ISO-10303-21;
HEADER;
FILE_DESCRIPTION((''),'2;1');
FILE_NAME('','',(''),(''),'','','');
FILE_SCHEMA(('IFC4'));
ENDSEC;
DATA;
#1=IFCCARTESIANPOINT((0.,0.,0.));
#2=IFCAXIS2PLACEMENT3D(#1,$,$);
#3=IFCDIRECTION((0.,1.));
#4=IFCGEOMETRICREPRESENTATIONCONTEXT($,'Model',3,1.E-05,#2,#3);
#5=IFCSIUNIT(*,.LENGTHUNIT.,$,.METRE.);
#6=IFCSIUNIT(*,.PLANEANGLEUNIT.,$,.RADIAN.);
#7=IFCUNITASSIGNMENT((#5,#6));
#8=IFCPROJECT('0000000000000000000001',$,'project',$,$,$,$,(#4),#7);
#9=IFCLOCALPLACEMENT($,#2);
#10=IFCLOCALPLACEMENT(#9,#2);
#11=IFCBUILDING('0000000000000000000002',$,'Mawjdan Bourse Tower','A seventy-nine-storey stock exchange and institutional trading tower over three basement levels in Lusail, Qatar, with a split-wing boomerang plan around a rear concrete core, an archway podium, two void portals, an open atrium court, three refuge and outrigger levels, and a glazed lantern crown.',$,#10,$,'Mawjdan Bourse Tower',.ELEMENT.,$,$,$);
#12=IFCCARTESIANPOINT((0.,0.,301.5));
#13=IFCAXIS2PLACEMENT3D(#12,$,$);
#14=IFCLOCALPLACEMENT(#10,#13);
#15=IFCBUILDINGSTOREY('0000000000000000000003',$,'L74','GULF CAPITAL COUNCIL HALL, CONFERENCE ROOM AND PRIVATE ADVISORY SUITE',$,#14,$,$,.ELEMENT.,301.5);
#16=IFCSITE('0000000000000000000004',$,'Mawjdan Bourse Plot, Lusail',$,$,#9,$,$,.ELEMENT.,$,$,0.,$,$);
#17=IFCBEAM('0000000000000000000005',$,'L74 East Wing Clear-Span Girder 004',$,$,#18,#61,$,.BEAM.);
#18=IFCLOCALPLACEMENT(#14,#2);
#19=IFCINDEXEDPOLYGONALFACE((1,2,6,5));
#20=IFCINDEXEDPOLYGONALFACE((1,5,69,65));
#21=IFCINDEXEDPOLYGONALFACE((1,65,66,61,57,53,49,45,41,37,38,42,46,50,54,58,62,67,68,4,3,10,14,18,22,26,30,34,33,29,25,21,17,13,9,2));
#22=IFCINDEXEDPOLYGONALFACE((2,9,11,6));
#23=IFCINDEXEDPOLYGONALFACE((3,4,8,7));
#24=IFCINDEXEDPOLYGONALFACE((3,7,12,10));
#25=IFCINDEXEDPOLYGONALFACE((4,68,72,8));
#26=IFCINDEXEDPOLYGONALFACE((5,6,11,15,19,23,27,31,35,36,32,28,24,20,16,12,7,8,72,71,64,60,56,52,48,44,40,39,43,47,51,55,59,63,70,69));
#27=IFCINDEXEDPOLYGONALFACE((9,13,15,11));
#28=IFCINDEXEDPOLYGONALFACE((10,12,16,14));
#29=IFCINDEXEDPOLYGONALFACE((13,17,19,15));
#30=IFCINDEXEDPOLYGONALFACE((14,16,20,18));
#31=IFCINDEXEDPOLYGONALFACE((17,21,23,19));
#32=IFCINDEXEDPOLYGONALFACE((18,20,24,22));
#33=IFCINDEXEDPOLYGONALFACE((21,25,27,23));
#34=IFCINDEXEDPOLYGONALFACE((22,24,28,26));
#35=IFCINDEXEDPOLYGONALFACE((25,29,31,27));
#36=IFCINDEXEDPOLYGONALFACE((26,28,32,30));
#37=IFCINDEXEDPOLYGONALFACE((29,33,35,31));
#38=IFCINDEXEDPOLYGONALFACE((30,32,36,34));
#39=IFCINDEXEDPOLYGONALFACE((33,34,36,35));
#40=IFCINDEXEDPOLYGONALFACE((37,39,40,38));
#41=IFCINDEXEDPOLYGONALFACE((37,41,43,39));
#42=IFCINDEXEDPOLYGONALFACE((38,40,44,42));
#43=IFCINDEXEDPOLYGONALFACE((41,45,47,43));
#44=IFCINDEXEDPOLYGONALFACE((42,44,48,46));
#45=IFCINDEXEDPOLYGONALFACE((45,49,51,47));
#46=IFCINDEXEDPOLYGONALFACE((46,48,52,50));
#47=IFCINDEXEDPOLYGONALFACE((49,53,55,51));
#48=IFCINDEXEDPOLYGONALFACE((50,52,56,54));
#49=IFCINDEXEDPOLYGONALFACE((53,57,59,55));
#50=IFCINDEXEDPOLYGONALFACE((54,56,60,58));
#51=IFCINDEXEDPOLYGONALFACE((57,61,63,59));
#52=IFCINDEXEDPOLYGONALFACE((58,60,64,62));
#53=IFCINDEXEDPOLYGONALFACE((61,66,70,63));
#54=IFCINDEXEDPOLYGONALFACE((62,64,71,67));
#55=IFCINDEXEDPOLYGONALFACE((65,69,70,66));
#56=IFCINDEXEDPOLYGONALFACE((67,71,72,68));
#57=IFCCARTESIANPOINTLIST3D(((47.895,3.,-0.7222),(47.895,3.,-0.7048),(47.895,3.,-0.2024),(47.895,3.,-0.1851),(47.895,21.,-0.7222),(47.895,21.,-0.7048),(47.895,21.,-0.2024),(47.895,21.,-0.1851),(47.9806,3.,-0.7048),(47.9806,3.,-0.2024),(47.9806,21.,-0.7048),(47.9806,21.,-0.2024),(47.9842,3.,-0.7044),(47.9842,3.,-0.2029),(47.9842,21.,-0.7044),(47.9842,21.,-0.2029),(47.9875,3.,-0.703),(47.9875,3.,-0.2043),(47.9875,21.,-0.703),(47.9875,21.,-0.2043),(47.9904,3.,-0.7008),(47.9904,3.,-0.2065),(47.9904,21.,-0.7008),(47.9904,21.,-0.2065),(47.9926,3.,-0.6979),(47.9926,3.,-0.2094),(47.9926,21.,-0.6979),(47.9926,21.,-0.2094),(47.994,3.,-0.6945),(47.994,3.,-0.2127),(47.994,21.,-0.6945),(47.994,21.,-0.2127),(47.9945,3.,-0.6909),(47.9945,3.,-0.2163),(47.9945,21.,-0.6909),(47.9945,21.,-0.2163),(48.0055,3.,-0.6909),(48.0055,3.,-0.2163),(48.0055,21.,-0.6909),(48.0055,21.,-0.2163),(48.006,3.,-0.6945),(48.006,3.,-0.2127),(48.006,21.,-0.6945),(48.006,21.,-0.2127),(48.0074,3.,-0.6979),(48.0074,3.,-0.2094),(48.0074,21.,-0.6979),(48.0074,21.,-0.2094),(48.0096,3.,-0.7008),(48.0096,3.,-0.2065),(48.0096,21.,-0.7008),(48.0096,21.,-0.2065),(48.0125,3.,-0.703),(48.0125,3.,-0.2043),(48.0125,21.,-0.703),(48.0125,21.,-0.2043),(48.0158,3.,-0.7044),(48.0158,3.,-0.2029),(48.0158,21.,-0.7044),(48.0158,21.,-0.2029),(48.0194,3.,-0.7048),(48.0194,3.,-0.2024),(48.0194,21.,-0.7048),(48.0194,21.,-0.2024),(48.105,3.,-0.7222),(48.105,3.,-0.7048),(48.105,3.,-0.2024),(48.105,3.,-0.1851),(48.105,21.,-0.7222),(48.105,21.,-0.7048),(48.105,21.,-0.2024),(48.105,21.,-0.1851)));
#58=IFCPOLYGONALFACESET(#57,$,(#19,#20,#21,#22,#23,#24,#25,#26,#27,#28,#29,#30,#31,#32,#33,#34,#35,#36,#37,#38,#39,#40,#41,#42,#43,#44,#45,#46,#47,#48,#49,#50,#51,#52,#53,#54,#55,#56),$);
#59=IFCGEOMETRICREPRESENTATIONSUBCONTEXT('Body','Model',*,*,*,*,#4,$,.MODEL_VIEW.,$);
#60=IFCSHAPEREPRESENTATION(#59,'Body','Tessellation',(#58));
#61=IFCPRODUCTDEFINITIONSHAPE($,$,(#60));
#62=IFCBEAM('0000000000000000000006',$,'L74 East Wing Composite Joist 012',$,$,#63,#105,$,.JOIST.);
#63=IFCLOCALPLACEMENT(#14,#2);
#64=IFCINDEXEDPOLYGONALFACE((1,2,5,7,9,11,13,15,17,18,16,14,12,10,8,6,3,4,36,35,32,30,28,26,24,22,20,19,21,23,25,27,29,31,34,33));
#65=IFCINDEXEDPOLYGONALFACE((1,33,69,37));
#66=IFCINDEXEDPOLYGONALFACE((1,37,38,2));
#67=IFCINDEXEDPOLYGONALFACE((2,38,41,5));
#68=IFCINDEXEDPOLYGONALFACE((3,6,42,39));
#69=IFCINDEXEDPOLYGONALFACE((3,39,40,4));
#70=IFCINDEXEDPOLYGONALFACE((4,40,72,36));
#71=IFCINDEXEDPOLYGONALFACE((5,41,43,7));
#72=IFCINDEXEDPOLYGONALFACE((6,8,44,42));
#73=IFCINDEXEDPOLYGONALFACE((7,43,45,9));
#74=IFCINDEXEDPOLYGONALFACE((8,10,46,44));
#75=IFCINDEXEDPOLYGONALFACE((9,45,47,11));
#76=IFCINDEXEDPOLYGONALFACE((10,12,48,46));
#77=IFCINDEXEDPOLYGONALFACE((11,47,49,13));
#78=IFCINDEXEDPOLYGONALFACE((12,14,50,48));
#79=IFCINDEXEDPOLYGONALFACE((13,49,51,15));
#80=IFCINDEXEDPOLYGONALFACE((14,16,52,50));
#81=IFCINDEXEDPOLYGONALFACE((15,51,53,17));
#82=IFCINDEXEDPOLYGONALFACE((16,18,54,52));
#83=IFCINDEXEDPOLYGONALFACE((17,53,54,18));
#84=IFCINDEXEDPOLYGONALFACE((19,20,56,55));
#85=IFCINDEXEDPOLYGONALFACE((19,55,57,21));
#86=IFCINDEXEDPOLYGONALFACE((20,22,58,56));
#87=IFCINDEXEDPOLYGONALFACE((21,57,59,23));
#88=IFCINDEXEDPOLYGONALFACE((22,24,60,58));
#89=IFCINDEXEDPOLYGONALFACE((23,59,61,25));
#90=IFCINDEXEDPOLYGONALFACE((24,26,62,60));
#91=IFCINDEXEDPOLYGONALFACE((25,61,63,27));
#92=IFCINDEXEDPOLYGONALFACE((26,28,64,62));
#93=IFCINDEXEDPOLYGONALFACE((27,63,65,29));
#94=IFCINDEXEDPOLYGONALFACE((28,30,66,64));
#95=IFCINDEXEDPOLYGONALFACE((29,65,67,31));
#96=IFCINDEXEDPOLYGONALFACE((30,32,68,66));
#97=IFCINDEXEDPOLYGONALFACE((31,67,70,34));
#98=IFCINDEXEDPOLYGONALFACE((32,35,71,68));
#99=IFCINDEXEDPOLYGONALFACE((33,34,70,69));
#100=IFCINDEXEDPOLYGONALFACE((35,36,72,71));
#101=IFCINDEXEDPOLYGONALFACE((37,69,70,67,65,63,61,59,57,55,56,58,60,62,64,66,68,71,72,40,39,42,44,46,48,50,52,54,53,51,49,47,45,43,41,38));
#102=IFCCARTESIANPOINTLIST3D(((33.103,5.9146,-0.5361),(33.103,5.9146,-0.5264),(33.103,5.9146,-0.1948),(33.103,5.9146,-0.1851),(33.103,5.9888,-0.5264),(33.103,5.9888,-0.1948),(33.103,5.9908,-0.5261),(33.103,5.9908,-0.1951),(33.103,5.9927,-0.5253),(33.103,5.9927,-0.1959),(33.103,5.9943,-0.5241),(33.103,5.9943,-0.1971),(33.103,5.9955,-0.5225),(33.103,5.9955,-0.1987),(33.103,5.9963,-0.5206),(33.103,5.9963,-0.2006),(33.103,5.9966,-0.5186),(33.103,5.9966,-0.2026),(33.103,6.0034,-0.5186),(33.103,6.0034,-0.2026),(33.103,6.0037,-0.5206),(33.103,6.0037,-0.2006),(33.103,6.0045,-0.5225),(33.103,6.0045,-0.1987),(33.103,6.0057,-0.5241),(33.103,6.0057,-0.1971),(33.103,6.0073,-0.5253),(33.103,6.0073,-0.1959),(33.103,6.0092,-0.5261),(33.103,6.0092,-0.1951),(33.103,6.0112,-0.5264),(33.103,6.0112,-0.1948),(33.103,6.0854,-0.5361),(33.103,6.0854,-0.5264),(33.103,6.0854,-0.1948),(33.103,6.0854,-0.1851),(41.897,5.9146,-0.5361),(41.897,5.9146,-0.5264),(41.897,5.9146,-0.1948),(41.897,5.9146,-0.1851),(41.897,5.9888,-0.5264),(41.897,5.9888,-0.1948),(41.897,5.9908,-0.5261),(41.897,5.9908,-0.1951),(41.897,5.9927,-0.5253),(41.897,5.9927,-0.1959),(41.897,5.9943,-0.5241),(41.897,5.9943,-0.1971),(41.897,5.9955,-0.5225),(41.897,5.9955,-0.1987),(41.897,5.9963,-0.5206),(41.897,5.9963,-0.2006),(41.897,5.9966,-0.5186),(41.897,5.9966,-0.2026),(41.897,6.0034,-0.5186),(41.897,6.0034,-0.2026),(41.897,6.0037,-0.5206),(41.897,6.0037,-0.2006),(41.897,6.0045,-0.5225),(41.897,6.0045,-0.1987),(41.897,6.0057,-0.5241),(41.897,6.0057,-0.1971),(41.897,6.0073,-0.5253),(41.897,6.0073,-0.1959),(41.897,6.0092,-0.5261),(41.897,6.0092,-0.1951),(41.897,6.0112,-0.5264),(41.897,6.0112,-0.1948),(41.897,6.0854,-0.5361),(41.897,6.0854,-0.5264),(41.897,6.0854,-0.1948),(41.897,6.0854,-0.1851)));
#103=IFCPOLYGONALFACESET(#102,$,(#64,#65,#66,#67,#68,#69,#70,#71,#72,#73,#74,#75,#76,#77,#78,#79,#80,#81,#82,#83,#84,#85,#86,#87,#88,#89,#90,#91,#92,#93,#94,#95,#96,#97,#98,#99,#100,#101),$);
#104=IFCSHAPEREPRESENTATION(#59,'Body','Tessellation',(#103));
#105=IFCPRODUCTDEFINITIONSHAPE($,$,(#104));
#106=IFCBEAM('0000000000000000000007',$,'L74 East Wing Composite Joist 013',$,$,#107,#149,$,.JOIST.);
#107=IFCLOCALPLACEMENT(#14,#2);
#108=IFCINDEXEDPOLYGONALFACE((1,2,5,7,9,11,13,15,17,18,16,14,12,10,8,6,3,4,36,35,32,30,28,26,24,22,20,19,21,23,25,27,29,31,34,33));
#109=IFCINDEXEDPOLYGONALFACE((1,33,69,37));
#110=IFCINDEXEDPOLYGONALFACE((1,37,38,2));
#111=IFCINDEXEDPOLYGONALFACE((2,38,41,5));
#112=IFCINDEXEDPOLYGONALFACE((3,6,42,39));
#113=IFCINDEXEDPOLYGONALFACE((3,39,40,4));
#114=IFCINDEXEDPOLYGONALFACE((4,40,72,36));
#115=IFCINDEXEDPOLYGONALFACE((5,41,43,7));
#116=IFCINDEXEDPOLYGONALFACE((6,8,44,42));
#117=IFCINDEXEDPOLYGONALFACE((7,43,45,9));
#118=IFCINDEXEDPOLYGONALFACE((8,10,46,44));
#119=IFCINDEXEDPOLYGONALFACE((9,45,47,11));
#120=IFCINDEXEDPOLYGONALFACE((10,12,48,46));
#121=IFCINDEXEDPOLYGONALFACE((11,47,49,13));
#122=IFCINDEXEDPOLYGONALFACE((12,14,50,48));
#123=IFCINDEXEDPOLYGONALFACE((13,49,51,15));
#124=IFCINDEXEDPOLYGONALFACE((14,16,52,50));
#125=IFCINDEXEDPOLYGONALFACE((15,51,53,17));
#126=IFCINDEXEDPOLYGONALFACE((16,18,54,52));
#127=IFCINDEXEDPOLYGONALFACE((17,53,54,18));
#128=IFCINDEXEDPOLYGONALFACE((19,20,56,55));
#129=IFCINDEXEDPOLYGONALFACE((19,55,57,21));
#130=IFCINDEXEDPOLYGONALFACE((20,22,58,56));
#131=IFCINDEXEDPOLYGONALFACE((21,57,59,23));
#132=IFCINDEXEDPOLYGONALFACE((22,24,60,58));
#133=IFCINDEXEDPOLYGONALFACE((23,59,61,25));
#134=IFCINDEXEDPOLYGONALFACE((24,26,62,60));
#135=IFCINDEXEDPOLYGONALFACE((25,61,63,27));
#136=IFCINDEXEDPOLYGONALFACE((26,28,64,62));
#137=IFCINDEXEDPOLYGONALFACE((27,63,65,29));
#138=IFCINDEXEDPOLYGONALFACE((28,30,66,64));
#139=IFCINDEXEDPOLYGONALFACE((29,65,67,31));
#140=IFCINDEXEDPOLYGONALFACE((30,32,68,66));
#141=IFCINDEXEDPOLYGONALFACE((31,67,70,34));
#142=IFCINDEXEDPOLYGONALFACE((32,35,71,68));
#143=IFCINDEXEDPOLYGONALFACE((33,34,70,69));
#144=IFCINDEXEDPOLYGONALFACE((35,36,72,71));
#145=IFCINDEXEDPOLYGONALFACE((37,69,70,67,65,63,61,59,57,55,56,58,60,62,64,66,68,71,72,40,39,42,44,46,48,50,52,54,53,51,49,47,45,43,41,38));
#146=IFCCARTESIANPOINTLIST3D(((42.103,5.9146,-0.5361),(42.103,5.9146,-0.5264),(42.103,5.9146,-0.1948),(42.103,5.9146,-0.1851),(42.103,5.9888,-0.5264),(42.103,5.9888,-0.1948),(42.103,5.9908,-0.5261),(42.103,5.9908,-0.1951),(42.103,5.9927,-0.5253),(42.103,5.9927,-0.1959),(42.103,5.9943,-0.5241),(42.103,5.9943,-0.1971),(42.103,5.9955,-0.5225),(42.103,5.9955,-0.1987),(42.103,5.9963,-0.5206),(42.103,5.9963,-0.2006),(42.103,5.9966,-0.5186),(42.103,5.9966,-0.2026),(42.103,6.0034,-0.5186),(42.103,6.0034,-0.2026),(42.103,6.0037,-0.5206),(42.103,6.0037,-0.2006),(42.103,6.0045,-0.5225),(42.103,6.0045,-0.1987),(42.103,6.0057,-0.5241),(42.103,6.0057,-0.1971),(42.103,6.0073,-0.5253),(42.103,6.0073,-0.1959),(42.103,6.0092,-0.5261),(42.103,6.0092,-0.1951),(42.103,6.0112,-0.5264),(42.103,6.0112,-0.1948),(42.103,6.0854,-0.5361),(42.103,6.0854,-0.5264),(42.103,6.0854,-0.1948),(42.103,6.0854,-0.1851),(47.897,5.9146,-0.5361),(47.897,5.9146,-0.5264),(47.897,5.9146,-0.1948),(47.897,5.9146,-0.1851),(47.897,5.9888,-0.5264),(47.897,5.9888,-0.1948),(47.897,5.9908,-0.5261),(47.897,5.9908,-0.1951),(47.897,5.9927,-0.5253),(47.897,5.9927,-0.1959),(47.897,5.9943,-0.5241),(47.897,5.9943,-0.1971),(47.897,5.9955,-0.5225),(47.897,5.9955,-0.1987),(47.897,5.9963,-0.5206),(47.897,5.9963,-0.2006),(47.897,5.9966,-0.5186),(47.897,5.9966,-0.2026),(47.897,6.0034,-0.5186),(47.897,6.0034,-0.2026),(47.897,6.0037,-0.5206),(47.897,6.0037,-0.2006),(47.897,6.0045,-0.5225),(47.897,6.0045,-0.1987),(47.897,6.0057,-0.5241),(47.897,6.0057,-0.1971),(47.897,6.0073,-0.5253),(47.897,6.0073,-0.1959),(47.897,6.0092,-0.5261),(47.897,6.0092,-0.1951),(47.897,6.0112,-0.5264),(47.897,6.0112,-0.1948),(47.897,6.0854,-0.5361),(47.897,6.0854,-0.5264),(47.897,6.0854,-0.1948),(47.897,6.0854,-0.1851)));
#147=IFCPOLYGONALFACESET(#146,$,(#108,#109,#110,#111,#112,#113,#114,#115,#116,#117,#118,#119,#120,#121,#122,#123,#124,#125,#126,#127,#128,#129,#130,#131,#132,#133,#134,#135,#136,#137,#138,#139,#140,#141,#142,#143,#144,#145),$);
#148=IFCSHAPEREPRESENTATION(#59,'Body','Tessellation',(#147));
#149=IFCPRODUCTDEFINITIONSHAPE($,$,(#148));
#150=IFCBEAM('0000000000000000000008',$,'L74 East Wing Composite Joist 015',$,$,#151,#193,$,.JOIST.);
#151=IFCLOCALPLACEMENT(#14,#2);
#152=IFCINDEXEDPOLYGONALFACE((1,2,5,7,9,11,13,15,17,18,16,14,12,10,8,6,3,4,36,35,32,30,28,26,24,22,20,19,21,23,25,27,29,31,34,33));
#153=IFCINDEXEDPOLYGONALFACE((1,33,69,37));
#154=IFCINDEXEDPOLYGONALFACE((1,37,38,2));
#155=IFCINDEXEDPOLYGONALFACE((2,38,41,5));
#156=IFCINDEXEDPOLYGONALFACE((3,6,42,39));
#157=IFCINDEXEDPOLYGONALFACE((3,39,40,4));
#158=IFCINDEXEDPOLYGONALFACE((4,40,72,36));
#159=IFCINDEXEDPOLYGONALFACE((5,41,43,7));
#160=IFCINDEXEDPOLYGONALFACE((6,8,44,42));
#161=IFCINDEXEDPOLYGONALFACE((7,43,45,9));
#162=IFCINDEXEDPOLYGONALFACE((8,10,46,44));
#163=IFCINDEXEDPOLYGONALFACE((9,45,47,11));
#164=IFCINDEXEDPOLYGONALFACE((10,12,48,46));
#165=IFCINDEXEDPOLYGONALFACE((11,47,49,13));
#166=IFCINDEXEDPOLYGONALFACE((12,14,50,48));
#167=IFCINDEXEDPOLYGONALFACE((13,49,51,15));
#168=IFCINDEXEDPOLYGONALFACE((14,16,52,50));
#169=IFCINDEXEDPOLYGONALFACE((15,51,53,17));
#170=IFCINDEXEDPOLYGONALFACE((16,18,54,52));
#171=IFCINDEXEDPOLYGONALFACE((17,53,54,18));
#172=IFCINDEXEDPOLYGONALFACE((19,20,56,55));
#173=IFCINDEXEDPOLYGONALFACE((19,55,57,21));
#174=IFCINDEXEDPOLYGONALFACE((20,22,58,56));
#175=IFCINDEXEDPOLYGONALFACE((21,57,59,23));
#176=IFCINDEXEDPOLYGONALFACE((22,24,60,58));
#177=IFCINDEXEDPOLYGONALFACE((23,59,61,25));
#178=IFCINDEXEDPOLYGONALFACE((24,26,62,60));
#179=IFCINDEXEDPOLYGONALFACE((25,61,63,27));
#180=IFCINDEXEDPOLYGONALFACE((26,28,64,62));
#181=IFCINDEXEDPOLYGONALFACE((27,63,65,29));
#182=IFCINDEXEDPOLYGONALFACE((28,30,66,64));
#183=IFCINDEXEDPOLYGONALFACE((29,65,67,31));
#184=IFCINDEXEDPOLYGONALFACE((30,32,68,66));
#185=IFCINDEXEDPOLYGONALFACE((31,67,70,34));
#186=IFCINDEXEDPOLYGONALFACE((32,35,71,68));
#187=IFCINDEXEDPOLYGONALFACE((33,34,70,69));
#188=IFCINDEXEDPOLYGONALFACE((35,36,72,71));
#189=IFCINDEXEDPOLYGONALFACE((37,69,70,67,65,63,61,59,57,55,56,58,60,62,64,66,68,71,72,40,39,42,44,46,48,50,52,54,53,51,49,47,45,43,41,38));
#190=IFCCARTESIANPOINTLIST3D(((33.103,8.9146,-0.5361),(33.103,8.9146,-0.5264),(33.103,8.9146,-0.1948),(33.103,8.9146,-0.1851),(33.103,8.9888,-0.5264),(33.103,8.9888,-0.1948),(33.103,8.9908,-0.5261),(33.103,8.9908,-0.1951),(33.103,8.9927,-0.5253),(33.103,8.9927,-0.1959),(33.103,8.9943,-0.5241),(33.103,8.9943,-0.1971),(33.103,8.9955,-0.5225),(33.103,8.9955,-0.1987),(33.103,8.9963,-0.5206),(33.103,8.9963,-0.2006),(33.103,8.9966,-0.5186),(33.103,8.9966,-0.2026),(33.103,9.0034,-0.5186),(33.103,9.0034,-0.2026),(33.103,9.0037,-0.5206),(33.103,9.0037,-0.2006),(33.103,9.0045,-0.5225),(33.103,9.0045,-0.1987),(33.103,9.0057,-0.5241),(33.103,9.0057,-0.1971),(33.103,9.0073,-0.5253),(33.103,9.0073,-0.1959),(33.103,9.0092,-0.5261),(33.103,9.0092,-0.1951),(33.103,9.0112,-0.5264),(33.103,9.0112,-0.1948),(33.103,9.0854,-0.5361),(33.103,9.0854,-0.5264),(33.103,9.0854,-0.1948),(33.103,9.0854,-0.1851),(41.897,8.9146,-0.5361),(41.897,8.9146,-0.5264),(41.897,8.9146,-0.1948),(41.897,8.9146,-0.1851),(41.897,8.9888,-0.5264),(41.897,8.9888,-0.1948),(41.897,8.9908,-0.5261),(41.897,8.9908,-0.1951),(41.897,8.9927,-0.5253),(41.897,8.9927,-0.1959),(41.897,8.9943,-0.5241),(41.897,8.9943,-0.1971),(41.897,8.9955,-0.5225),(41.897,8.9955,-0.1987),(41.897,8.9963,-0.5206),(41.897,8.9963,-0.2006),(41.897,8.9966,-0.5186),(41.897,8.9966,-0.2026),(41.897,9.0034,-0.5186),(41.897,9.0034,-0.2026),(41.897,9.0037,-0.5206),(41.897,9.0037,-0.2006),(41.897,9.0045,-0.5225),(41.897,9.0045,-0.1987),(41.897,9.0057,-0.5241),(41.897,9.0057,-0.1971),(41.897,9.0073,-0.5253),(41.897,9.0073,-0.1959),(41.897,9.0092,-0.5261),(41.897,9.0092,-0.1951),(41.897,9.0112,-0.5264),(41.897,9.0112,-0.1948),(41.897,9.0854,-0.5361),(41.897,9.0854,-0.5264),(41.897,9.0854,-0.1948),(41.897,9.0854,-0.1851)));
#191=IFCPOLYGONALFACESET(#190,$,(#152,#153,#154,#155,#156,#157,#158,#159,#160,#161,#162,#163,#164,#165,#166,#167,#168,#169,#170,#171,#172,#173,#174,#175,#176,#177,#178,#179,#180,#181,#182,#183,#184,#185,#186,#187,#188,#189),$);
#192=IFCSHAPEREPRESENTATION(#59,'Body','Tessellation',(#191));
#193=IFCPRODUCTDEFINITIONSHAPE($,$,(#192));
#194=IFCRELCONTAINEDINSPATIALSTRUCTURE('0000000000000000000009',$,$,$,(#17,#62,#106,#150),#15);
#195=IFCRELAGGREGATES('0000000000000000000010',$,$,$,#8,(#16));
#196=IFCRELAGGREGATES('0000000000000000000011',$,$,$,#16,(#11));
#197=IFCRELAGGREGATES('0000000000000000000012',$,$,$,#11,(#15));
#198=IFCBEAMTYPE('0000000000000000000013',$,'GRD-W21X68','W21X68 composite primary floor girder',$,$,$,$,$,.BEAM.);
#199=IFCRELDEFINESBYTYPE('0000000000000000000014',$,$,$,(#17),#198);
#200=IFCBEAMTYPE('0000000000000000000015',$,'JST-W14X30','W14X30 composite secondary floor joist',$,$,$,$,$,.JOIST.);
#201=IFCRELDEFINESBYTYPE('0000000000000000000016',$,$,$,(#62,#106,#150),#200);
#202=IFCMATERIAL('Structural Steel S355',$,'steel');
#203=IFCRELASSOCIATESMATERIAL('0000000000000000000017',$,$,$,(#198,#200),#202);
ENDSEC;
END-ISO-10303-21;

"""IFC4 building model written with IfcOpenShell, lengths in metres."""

from ifc_helpers import new_model, si_unit, direction, frame, origin, origin_2d, place, context, subcontext, project, spatial, i_section, extrude, material, material_profile, profile_set, type_object, element, save


model = new_model("IFC4")

# Units and contexts
model_context = context("Model", 3, precision=1e-05, world=origin(), true_north=direction((0.0, 1.0)))
body_context = subcontext(model_context, "Body", "Model", "MODEL_VIEW")
ifc_project = project(units=[si_unit("LENGTHUNIT", "METRE"), si_unit("PLANEANGLEUNIT", "RADIAN")], contexts=[model_context])

# Site, building, storey
site_placement = place(None, origin())
site = spatial("IfcSite", under=ifc_project, at=site_placement, Name="Mawjdan Bourse Plot, Lusail", CompositionType="ELEMENT", RefElevation=0.0)
building_placement = place(site_placement, origin())
building = spatial("IfcBuilding", under=site, at=building_placement, Name="Mawjdan Bourse Tower", Description="A seventy-nine-storey stock exchange and institutional trading tower over three basement levels in Lusail, Qatar, with a split-wing boomerang plan around a rear concrete core, an archway podium, two void portals, an open atrium court, three refuge and outrigger levels, and a glazed lantern crown.", LongName="Mawjdan Bourse Tower", CompositionType="ELEMENT")
storey_placement = place(building_placement, frame((0.0, 0.0, 301.5)))
storey = spatial("IfcBuildingStorey", under=building, at=storey_placement, Name="L74", Description="GULF CAPITAL COUNCIL HALL, CONFERENCE ROOM AND PRIVATE ADVISORY SUITE", CompositionType="ELEMENT", Elevation=301.5)

# Shared definitions
ifc_material_1 = material(Name="Structural Steel S355", Category="steel")

# Beams
ifc_material_profile_1 = material_profile(ifc_material_1, i_section(OverallWidth=0.21, OverallDepth=0.5371, WebThickness=0.011, FlangeThickness=0.0173, FilletRadius=0.0139, at=origin_2d()), Name="W21X68")
ifc_profile_set_1 = profile_set([ifc_material_profile_1], Name="Structural Steel S355")
beam_type_1 = type_object("IfcBeamType", Name="GRD-W21X68", Description="W21X68 composite primary floor girder", PredefinedType="BEAM", material=ifc_profile_set_1)
for number, where, z_axis, x_axis, name in (
    (1, (48.0, 3.0, -0.4536), (0.0, 1.0, 0.0), (-1.0, 0.0, 0.0), "L74 East Wing Clear-Span Girder 004"),
):
    element("IfcBeam", number, at=place(storey_placement, frame(where, z_axis=z_axis, x_axis=x_axis)), inside=storey, type_object=beam_type_1, Name=name, PredefinedType="BEAM", context=body_context, shape_type="SweptSolid", body=[
        extrude(i_section(OverallWidth=0.21, OverallDepth=0.5371, WebThickness=0.011, FlangeThickness=0.0173, FilletRadius=0.0139, at=origin_2d()), origin(), (0.0, 0.0, 1.0), 18.0),
    ])
ifc_material_profile_2 = material_profile(ifc_material_1, i_section(OverallWidth=0.1709, OverallDepth=0.3511, WebThickness=0.0068, FlangeThickness=0.0098, FilletRadius=0.0078, at=origin_2d()), Name="W14X30")
ifc_profile_set_2 = profile_set([ifc_material_profile_2], Name="Structural Steel S355")
beam_type_2 = type_object("IfcBeamType", Name="JST-W14X30", Description="W14X30 composite secondary floor joist", PredefinedType="JOIST", material=ifc_profile_set_2)
beam_1_placement = place(storey_placement, frame((33.103, 6.0, -0.3606), z_axis=(1.0, 0.0, 0.0), x_axis=(0.0, 1.0, 0.0)))
element("IfcBeam", 2, at=beam_1_placement, inside=storey, type_object=beam_type_2, Name="L74 East Wing Composite Joist 012", PredefinedType="JOIST", context=body_context, shape_type="SweptSolid", body=[
    extrude(i_section(OverallWidth=0.1709, OverallDepth=0.3511, WebThickness=0.0068, FlangeThickness=0.0098, FilletRadius=0.0078, at=origin_2d()), origin(), (0.0, 0.0, 1.0), 8.7939),
])
beam_2_placement = place(storey_placement, frame((42.103, 6.0, -0.3606), z_axis=(1.0, 0.0, 0.0), x_axis=(0.0, 1.0, 0.0)))
element("IfcBeam", 3, at=beam_2_placement, inside=storey, type_object=beam_type_2, Name="L74 East Wing Composite Joist 013", PredefinedType="JOIST", context=body_context, shape_type="SweptSolid", body=[
    extrude(i_section(OverallWidth=0.1709, OverallDepth=0.3511, WebThickness=0.0068, FlangeThickness=0.0098, FilletRadius=0.0078, at=origin_2d()), origin(), (0.0, 0.0, 1.0), 5.7939),
])
beam_3_placement = place(storey_placement, frame((33.103, 9.0, -0.3606), z_axis=(1.0, 0.0, 0.0), x_axis=(0.0, 1.0, 0.0)))
element("IfcBeam", 4, at=beam_3_placement, inside=storey, type_object=beam_type_2, Name="L74 East Wing Composite Joist 015", PredefinedType="JOIST", context=body_context, shape_type="SweptSolid", body=[
    extrude(i_section(OverallWidth=0.1709, OverallDepth=0.3511, WebThickness=0.0068, FlangeThickness=0.0098, FilletRadius=0.0078, at=origin_2d()), origin(), (0.0, 0.0, 1.0), 8.7939),
])

save(model, "model.ifc")
